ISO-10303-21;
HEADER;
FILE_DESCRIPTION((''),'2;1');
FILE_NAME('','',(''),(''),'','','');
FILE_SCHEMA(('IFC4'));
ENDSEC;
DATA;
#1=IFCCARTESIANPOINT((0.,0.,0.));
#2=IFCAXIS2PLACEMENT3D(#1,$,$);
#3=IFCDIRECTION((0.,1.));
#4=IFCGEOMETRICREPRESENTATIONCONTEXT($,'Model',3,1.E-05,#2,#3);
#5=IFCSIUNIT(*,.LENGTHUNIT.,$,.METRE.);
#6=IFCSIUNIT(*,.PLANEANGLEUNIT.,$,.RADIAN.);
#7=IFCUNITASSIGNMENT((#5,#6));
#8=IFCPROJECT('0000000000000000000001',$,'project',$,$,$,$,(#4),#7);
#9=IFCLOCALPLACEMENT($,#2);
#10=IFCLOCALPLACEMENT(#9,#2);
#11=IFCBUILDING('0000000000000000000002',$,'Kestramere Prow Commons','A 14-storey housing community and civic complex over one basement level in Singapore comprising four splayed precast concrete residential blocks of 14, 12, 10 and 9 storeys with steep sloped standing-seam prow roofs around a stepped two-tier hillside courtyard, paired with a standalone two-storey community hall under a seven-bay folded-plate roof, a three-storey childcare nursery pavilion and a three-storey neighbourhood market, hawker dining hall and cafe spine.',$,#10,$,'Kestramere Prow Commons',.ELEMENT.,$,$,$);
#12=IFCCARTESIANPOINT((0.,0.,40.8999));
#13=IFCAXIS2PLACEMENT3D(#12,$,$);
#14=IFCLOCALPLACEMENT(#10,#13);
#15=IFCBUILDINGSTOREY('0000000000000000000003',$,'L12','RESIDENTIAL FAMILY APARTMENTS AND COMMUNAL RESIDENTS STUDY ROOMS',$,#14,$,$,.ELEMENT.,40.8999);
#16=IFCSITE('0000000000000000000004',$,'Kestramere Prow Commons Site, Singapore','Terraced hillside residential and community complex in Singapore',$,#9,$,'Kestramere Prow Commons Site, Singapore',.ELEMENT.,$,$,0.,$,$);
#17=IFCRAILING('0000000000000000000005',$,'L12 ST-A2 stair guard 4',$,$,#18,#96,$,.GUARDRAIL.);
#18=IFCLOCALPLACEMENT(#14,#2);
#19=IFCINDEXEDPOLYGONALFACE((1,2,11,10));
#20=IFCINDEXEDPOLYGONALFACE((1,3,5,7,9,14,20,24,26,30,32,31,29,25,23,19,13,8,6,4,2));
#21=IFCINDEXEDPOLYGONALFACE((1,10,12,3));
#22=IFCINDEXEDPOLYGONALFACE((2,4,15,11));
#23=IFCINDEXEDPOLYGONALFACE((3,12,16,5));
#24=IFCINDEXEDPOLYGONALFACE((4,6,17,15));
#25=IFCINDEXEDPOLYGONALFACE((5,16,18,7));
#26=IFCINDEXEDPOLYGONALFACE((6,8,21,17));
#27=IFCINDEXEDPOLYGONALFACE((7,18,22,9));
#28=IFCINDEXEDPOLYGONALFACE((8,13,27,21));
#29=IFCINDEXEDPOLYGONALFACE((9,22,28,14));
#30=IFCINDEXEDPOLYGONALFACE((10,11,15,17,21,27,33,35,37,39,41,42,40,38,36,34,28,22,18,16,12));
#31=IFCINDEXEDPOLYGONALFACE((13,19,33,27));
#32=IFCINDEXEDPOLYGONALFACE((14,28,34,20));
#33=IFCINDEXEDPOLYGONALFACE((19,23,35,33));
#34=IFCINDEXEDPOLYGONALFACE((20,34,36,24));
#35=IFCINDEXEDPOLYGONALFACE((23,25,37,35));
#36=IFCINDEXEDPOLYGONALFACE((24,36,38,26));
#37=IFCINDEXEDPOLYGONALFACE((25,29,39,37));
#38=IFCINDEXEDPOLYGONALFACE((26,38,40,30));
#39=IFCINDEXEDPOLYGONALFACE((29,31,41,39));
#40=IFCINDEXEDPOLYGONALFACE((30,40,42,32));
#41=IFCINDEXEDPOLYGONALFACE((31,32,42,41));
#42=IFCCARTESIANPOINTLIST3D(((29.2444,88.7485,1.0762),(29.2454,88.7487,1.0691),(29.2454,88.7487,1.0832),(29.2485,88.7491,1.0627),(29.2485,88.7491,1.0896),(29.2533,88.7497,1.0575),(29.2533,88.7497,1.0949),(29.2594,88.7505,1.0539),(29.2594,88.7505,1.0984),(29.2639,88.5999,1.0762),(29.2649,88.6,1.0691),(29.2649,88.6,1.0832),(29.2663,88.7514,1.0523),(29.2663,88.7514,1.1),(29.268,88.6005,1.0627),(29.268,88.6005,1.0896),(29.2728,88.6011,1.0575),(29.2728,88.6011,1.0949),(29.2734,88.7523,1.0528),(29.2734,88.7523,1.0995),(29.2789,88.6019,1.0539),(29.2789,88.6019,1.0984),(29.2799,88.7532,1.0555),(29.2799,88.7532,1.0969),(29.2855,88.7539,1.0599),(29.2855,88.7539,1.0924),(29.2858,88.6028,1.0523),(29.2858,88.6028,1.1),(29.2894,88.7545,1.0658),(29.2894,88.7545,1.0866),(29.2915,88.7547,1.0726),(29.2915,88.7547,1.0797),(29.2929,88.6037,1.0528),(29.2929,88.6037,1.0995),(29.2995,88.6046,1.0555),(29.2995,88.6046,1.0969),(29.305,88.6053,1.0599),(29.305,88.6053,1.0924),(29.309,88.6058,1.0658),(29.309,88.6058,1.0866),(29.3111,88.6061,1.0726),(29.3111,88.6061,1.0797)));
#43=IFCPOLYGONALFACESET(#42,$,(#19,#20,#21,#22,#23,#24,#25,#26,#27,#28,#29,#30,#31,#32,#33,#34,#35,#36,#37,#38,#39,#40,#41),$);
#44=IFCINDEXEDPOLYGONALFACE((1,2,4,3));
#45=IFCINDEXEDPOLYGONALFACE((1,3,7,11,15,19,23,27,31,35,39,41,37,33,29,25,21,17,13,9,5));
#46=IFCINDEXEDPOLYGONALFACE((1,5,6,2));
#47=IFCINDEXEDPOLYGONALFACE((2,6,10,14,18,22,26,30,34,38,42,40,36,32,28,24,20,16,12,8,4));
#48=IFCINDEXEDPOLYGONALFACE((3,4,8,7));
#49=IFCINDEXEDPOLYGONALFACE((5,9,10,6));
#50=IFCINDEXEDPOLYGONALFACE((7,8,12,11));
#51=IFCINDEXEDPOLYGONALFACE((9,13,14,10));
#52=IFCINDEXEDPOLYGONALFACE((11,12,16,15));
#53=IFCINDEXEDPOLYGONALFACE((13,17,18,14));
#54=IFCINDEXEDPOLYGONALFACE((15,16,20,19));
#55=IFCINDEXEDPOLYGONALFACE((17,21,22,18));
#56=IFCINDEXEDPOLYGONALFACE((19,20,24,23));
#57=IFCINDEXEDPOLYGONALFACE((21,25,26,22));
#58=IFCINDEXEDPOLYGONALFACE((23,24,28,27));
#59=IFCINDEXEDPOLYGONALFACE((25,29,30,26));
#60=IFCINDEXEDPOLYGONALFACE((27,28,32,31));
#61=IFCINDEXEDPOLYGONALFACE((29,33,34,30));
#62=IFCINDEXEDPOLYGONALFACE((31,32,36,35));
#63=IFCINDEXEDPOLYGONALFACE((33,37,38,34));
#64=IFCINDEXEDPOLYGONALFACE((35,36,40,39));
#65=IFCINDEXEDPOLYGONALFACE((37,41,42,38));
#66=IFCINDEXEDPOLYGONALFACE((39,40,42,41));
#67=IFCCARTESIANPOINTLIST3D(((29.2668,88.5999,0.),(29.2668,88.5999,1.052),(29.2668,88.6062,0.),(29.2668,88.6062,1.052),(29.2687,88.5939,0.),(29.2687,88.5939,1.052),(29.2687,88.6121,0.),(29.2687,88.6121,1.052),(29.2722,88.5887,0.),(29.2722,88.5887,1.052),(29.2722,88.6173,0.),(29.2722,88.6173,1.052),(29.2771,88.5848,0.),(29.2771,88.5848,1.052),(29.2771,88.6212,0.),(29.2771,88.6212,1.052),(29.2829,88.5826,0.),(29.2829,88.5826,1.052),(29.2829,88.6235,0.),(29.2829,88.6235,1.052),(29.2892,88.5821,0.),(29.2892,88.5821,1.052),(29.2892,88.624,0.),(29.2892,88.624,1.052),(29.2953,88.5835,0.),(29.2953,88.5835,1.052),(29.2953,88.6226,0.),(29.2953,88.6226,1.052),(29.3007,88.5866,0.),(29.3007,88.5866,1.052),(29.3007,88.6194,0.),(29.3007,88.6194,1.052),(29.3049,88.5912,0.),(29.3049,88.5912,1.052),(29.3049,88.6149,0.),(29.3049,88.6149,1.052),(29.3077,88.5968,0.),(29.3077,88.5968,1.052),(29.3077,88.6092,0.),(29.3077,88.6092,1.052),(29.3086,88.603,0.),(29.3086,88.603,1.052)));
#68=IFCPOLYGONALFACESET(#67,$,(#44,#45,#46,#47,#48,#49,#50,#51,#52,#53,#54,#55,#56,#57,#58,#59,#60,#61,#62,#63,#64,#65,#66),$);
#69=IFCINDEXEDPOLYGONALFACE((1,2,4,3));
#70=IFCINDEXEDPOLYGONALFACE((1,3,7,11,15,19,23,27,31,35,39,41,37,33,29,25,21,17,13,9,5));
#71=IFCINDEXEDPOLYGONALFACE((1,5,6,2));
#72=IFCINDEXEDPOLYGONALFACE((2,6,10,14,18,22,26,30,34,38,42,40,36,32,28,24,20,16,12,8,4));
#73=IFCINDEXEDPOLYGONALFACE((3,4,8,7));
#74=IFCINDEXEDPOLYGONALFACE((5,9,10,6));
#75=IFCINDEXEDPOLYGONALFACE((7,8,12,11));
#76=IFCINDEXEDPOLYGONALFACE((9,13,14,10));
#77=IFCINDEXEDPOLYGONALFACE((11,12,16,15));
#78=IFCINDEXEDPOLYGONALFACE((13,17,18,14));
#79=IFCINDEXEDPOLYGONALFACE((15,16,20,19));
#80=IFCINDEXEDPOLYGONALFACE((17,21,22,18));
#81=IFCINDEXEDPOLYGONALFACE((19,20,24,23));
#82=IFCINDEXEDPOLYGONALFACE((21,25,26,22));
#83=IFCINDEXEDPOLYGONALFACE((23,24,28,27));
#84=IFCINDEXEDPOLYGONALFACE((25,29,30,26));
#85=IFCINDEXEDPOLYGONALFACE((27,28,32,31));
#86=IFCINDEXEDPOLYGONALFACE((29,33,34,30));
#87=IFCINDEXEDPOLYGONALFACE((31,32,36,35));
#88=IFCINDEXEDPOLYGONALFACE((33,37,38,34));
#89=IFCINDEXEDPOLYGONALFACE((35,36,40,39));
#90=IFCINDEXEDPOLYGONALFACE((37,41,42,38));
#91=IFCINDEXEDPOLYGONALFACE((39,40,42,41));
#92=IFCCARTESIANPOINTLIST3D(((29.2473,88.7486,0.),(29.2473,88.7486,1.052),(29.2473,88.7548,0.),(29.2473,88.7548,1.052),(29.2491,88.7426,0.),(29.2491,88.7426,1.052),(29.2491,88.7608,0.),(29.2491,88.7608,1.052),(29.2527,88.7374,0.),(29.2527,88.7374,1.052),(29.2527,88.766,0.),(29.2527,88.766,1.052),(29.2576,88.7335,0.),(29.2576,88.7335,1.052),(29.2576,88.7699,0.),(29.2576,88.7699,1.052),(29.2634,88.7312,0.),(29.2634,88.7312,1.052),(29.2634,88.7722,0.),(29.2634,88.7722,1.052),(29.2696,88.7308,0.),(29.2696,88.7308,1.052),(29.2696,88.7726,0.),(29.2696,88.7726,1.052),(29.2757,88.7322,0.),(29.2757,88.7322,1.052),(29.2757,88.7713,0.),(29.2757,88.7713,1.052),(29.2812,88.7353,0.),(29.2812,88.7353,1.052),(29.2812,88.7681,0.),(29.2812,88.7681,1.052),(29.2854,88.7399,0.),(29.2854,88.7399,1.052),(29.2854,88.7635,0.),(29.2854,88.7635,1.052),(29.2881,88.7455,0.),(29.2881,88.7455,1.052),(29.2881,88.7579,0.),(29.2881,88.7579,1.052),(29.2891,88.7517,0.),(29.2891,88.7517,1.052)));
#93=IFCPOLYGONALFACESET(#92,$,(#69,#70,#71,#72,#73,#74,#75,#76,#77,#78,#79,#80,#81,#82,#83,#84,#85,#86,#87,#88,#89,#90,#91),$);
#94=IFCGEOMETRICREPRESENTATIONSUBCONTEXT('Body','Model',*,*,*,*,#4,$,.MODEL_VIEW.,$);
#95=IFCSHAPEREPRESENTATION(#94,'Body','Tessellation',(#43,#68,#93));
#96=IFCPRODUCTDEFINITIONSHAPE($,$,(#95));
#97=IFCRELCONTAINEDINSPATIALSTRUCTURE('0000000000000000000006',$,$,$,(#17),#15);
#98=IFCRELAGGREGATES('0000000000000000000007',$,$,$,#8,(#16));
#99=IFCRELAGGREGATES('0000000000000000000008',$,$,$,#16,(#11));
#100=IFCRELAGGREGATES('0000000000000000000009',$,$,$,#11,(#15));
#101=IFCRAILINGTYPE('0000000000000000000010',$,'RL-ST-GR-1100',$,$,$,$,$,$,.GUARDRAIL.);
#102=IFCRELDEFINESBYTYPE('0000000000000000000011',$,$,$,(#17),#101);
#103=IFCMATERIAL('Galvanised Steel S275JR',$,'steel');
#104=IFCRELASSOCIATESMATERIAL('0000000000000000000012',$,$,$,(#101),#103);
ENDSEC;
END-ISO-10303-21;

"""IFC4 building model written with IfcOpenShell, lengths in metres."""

from ifc_helpers import new_model, si_unit, direction, frame, origin, origin_2d, place, context, subcontext, project, spatial, circle, extrude, material, type_object, element, save


model = new_model("IFC4")

# Units and contexts
model_context = context("Model", 3, precision=1e-05, world=origin(), true_north=direction((0.0, 1.0)))
body_context = subcontext(model_context, "Body", "Model", "MODEL_VIEW")
ifc_project = project(units=[si_unit("LENGTHUNIT", "METRE"), si_unit("PLANEANGLEUNIT", "RADIAN")], contexts=[model_context])

# Site, building, storey
site_placement = place(None, origin())
site = spatial("IfcSite", under=ifc_project, at=site_placement, Name="Kestramere Prow Commons Site, Singapore", Description="Terraced hillside residential and community complex in Singapore", LongName="Kestramere Prow Commons Site, Singapore", CompositionType="ELEMENT", RefElevation=0.0)
building_placement = place(site_placement, origin())
building = spatial("IfcBuilding", under=site, at=building_placement, Name="Kestramere Prow Commons", Description="A 14-storey housing community and civic complex over one basement level in Singapore comprising four splayed precast concrete residential blocks of 14, 12, 10 and 9 storeys with steep sloped standing-seam prow roofs around a stepped two-tier hillside courtyard, paired with a standalone two-storey community hall under a seven-bay folded-plate roof, a three-storey childcare nursery pavilion and a three-storey neighbourhood market, hawker dining hall and cafe spine.", LongName="Kestramere Prow Commons", CompositionType="ELEMENT")
storey_placement = place(building_placement, frame((0.0, 0.0, 40.8999)))
storey = spatial("IfcBuildingStorey", under=building, at=storey_placement, Name="L12", Description="RESIDENTIAL FAMILY APARTMENTS AND COMMUNAL RESIDENTS STUDY ROOMS", CompositionType="ELEMENT", Elevation=40.8999)

# Railing
ifc_material_1 = material(Name="Galvanised Steel S275JR", Category="steel")
railing_type_1 = type_object("IfcRailingType", Name="RL-ST-GR-1100", PredefinedType="GUARDRAIL", material=ifc_material_1)
railing_1_placement = place(storey_placement, frame((29.2876, 88.603, 0.0)))
element("IfcRailing", 1, at=railing_1_placement, inside=storey, type_object=railing_type_1, Name="L12 ST-A2 stair guard 4", PredefinedType="GUARDRAIL", context=body_context, shape_type="SweptSolid", body=[
    extrude(circle(Radius=0.0239, at=origin_2d()), frame((0.0, 0.0, 1.0762), z_axis=(-0.130244, 0.991482, 0.0), x_axis=(-0.991482, -0.130244, 0.0)), (0.0, 0.0, 1.0), 0.1499),
    extrude(circle(Radius=0.021, at=origin_2d()), origin(), (0.0, 0.0, 1.0), 1.052),
    extrude(circle(Radius=0.021, at=origin_2d()), frame((-0.0195, 0.1487, 0.0)), (0.0, 0.0, 1.0), 1.052),
])

save(model, "model.ifc")
